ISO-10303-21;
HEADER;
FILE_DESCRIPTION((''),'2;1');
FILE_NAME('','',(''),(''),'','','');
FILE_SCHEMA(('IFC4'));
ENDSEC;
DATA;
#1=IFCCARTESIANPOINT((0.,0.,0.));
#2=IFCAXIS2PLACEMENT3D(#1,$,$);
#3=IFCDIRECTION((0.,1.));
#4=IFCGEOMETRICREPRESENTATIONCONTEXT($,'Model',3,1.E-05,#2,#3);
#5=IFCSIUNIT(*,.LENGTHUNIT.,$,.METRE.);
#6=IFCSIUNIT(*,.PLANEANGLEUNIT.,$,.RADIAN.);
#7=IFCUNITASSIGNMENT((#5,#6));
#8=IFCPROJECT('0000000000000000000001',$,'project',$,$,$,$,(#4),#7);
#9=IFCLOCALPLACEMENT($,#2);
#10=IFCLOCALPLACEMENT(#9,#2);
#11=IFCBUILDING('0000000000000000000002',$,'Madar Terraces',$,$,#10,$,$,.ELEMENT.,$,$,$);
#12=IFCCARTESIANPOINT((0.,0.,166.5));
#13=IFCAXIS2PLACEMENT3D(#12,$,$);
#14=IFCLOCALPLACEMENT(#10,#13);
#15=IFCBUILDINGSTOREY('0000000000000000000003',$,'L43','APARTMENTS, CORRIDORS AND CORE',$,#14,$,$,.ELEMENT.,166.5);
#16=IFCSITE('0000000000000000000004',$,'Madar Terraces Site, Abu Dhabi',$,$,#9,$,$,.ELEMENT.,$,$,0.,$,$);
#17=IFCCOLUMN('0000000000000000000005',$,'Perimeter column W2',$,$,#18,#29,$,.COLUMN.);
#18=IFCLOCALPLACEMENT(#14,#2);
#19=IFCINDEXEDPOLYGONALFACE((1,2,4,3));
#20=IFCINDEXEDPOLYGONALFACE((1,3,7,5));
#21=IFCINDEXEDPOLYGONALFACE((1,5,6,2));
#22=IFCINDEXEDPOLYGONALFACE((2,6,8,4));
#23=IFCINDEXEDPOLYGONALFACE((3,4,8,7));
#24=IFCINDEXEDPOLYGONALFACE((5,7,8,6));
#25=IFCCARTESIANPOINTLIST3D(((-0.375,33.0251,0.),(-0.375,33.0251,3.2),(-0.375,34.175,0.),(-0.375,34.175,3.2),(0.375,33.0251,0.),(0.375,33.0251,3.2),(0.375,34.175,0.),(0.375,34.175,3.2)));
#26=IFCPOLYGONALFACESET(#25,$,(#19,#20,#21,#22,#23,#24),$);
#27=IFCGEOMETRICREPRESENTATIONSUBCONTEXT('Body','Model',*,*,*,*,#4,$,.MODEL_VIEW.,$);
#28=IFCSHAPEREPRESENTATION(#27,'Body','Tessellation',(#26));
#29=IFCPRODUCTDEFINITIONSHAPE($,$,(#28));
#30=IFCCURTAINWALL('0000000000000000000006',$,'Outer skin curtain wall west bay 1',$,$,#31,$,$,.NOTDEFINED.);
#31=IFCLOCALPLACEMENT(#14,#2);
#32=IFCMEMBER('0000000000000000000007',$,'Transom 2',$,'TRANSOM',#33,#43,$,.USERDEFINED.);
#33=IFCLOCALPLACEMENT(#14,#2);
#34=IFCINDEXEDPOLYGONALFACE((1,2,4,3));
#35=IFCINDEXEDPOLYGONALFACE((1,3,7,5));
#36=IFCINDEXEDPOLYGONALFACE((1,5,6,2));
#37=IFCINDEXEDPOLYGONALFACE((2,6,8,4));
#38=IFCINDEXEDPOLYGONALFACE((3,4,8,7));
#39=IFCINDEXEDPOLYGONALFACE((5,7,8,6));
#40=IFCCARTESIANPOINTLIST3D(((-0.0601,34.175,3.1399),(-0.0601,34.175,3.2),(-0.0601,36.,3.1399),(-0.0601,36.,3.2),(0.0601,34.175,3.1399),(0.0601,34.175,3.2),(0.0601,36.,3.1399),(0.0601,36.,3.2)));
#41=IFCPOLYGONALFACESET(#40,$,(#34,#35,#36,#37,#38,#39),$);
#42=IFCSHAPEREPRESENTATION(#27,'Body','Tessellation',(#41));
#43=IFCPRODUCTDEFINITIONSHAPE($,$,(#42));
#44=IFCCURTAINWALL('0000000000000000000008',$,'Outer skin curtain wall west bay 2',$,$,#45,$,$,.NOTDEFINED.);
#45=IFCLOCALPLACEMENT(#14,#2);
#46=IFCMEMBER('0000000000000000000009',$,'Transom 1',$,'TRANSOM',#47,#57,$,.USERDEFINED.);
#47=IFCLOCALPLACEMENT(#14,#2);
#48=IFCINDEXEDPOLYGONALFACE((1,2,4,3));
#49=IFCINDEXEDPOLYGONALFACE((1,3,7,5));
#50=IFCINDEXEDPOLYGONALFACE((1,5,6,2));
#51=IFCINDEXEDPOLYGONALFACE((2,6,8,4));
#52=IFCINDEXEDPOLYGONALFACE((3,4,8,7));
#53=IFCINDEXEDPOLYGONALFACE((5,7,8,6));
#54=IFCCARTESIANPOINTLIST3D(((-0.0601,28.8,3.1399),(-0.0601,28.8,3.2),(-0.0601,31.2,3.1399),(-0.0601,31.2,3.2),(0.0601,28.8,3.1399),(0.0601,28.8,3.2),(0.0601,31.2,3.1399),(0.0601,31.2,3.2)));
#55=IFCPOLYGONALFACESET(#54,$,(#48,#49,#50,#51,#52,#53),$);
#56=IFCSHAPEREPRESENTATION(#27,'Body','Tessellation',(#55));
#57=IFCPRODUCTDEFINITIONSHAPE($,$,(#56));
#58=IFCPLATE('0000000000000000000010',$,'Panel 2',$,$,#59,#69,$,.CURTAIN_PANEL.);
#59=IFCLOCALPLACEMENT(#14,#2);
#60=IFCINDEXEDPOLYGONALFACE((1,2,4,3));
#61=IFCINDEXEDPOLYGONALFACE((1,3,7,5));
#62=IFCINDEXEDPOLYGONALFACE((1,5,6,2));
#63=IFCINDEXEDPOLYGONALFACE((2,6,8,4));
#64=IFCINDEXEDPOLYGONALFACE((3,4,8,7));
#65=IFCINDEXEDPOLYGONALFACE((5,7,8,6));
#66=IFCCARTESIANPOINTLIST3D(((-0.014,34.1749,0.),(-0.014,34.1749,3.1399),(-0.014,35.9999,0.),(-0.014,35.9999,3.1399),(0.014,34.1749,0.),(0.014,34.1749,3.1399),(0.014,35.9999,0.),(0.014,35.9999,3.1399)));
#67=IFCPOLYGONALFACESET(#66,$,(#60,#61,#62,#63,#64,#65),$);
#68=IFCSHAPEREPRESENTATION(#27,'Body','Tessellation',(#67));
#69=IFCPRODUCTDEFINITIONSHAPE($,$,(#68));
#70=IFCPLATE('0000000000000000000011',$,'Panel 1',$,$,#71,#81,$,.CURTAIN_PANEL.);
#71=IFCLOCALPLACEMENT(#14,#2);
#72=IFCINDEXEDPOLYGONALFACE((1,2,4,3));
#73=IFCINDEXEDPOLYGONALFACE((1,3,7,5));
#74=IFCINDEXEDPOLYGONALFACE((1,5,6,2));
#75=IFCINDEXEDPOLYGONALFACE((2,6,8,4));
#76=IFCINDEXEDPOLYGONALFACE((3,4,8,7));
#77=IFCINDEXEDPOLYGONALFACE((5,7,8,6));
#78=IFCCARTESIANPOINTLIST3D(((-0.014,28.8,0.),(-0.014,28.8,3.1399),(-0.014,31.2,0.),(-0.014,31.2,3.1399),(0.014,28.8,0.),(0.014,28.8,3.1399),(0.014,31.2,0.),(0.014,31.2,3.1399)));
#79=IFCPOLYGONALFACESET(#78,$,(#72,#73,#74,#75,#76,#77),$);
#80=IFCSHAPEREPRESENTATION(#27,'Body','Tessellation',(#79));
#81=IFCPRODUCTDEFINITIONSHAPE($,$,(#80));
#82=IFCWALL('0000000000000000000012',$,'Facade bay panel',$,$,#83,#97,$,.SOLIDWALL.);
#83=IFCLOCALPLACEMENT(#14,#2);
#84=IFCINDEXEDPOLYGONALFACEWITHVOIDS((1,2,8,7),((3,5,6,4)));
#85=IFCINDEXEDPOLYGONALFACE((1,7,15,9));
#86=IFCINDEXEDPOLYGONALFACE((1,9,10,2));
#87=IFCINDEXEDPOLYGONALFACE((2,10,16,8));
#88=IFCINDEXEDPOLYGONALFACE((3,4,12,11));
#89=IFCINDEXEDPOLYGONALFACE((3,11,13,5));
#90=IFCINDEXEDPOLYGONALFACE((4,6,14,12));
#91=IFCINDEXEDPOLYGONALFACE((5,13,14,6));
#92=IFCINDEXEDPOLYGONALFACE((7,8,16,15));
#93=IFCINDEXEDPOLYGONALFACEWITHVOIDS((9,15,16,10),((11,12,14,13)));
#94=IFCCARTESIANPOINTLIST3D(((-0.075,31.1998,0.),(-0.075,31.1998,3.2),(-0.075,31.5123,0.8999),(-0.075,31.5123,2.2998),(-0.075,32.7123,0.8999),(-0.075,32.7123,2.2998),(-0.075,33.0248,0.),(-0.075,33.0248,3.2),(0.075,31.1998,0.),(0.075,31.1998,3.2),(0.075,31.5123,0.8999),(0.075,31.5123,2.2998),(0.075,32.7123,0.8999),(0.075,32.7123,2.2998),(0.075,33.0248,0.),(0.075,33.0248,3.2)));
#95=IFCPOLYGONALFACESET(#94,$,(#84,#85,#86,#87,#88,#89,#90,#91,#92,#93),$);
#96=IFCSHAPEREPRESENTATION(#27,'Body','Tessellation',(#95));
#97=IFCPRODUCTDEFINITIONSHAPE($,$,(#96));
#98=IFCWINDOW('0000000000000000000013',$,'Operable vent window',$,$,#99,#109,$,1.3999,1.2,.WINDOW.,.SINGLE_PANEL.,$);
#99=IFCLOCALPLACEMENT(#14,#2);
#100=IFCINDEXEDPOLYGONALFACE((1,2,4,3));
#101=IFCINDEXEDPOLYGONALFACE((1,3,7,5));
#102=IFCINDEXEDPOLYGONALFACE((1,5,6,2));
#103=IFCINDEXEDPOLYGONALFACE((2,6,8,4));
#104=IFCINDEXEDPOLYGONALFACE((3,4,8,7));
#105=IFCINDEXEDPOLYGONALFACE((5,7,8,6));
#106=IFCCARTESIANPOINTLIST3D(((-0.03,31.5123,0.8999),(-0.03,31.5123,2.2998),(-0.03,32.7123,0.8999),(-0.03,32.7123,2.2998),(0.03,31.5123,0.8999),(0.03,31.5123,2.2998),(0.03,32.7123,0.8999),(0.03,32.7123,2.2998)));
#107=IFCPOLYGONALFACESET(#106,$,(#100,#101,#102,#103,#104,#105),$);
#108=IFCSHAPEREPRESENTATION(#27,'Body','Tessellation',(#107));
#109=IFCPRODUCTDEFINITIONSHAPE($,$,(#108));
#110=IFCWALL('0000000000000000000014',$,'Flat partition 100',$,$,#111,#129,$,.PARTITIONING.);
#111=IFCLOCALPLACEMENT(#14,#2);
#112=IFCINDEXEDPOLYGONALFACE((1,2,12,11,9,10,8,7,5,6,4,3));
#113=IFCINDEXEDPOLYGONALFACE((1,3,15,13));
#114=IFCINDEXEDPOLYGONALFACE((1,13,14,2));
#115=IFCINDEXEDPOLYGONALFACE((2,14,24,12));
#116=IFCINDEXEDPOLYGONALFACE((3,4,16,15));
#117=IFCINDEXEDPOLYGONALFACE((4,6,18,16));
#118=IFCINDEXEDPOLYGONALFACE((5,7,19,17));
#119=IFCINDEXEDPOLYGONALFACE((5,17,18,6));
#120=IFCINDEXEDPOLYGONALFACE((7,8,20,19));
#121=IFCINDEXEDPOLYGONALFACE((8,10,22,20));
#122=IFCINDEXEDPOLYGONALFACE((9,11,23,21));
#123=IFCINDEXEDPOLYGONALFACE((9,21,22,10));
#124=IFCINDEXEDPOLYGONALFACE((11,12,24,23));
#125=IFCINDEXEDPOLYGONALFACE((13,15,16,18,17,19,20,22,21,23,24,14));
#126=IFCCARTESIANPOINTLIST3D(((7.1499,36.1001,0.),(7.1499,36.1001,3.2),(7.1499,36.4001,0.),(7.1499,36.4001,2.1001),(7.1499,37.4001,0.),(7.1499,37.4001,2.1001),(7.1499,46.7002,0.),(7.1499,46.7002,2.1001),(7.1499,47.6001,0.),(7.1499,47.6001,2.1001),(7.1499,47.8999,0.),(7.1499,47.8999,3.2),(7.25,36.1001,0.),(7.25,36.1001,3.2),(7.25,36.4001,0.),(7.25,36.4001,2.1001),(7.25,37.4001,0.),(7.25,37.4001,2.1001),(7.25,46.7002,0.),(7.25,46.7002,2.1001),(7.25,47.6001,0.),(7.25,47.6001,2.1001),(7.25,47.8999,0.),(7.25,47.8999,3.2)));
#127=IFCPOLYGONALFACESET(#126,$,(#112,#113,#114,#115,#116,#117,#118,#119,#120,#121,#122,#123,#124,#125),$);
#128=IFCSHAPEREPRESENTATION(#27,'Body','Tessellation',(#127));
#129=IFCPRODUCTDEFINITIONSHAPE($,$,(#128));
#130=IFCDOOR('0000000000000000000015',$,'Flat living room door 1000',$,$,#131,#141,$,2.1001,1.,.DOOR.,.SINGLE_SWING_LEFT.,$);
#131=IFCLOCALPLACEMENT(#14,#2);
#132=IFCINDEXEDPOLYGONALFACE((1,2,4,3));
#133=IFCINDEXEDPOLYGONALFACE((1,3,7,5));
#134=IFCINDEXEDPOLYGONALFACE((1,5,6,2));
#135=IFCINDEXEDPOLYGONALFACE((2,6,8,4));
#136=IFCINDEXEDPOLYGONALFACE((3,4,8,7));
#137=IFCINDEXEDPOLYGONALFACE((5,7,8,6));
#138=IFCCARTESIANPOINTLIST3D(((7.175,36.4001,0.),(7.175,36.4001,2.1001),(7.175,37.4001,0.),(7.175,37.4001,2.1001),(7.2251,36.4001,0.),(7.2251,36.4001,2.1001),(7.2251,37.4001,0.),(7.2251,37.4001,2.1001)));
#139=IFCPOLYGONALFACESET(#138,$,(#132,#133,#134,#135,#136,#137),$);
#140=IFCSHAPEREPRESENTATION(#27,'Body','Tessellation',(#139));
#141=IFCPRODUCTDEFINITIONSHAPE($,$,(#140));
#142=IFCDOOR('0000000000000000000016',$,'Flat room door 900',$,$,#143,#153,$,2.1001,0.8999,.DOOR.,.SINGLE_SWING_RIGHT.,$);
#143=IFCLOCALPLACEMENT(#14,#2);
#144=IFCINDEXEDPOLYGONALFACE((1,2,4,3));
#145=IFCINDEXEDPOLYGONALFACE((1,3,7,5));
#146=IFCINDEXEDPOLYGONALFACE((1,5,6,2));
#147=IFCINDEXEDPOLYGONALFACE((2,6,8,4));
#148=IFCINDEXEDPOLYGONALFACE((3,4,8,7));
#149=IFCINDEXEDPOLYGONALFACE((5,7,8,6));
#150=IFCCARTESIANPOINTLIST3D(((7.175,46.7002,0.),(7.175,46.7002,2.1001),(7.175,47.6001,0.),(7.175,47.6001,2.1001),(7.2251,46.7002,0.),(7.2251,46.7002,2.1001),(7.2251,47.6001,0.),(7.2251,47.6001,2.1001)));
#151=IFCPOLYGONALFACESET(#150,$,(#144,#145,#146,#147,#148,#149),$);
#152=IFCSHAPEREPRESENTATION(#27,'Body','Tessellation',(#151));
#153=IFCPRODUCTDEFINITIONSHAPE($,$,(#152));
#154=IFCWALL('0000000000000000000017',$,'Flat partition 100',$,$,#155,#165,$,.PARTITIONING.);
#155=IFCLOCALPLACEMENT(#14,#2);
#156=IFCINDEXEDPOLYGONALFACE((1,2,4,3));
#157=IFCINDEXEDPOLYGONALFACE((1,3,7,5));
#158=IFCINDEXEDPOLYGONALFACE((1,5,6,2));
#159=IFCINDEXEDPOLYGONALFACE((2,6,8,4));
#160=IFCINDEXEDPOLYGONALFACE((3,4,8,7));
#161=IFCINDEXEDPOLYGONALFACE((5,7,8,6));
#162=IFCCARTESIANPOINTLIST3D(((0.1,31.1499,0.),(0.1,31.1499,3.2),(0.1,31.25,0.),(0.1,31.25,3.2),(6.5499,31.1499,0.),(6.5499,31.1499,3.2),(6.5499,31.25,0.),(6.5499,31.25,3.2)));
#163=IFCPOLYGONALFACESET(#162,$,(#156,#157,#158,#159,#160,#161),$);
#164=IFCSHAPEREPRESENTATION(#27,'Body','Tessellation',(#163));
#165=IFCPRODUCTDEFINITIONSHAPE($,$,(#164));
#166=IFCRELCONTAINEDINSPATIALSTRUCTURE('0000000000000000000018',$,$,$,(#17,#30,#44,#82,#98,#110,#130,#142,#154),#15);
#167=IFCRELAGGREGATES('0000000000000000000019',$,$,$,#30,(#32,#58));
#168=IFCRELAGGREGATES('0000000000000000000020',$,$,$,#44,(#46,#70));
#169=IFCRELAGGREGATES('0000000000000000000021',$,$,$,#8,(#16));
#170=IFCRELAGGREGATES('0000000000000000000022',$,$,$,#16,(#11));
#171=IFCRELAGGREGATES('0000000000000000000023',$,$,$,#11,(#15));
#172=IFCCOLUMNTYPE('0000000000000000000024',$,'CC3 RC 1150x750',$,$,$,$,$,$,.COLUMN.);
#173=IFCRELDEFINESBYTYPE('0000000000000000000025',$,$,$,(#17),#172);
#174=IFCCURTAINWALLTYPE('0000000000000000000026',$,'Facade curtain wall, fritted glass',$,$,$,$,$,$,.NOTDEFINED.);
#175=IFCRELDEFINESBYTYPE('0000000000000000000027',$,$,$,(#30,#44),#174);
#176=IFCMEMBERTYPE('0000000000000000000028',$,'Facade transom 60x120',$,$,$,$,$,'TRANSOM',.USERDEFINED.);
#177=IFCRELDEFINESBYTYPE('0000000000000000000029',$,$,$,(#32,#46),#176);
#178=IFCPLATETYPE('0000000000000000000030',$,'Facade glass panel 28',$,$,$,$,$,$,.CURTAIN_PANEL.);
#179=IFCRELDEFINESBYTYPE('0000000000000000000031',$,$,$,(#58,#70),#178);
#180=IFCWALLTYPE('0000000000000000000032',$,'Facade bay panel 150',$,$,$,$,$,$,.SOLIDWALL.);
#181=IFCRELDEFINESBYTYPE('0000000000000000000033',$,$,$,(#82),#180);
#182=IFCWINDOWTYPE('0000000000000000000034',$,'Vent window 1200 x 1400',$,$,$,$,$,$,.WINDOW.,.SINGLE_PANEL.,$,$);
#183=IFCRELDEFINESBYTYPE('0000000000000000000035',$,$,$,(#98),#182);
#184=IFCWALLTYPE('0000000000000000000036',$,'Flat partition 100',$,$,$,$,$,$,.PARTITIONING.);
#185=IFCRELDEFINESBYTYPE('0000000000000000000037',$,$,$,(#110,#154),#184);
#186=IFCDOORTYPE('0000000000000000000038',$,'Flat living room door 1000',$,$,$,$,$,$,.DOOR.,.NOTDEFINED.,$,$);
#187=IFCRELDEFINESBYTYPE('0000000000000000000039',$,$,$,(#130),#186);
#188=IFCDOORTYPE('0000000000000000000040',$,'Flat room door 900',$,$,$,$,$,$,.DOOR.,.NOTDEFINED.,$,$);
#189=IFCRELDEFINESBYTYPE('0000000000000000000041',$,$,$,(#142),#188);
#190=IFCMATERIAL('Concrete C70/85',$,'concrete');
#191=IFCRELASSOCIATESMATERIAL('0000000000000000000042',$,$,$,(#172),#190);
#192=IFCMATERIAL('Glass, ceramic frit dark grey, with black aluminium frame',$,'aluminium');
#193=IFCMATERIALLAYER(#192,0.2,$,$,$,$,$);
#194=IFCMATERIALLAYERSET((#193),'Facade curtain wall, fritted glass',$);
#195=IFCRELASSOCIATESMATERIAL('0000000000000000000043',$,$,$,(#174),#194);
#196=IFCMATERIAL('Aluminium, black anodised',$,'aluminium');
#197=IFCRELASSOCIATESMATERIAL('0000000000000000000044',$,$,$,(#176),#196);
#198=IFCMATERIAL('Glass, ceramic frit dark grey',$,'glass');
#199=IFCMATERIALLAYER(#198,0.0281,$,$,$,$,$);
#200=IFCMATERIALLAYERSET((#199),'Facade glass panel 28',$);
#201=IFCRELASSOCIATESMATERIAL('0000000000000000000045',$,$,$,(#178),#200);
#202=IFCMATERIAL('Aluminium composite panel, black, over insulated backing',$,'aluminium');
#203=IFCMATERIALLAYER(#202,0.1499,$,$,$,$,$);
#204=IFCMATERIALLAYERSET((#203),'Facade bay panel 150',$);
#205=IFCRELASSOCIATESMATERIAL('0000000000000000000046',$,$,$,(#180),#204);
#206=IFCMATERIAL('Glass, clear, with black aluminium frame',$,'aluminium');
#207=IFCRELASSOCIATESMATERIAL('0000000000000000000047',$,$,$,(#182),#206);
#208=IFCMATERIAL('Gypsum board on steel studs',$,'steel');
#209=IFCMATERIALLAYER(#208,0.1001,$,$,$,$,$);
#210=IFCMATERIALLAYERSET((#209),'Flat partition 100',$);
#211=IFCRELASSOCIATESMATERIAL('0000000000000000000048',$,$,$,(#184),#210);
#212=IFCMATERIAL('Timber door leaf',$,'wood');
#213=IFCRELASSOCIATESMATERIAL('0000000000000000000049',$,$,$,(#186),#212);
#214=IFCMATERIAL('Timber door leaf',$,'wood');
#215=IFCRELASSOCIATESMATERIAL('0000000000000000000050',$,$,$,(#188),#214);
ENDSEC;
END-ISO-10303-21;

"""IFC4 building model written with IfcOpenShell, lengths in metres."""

from ifc_helpers import new_model, si_unit, direction, frame, frame_2d, origin, origin_2d, place, context, subcontext, project, spatial, rectangle, extrude, material, layer, layer_set, material_profile, profile_set, type_object, element, fill, aggregate, save


model = new_model("IFC4")

# Units and contexts
model_context = context("Model", 3, precision=1e-05, world=origin(), true_north=direction((0.0, 1.0)))
body_context = subcontext(model_context, "Body", "Model", "MODEL_VIEW")
ifc_project = project(units=[si_unit("LENGTHUNIT", "METRE"), si_unit("PLANEANGLEUNIT", "RADIAN")], contexts=[model_context])

# Site, building, storey
site_placement = place(None, origin())
site = spatial("IfcSite", under=ifc_project, at=site_placement, Name="Madar Terraces Site, Abu Dhabi", CompositionType="ELEMENT", RefElevation=0.0)
building_placement = place(site_placement, origin())
building = spatial("IfcBuilding", under=site, at=building_placement, Name="Madar Terraces", CompositionType="ELEMENT")
storey_placement = place(building_placement, frame((0.0, 0.0, 166.5)))
storey = spatial("IfcBuildingStorey", under=building, at=storey_placement, Name="L43", Description="APARTMENTS, CORRIDORS AND CORE", CompositionType="ELEMENT", Elevation=166.5)

# Column
ifc_material_1 = material(Name="Concrete C70/85", Category="concrete")
ifc_material_profile_1 = material_profile(ifc_material_1, rectangle(XDim=1.1499, YDim=0.75, at=origin_2d()), Name="CC3 RC 1150x750")
ifc_profile_set_1 = profile_set([ifc_material_profile_1], Name="Concrete C70/85")
column_type = type_object("IfcColumnType", Name="CC3 RC 1150x750", PredefinedType="COLUMN", material=ifc_profile_set_1)
column_placement = place(storey_placement, frame((0.0, 33.6001, 0.0), z_axis=(0.0, 0.0, 1.0), x_axis=(0.0, 1.0, 0.0)))
element("IfcColumn", 1, at=column_placement, inside=storey, type_object=column_type, Name="Perimeter column W2", PredefinedType="COLUMN", context=body_context, shape_type="SweptSolid", body=[
    extrude(rectangle(XDim=1.1499, YDim=0.75, at=origin_2d()), origin(), (0.0, 0.0, 1.0), 3.2),
])

# Curtain walls, members
ifc_material_2 = material(Name="Glass, ceramic frit dark grey, with black aluminium frame", Category="aluminium")
ifc_layer_1 = layer(ifc_material_2, 0.2)
ifc_layer_set_1 = layer_set([ifc_layer_1], Name="Facade curtain wall, fritted glass")
curtain_wall_type = type_object("IfcCurtainWallType", Name="Facade curtain wall, fritted glass", PredefinedType="NOTDEFINED", material=ifc_layer_set_1)
curtain_wall_1_placement = place(storey_placement, origin())
curtain_wall_1 = element("IfcCurtainWall", 2, at=curtain_wall_1_placement, inside=storey, type_object=curtain_wall_type, Name="Outer skin curtain wall west bay 1", PredefinedType="NOTDEFINED")
ifc_material_3 = material(Name="Aluminium, black anodised", Category="aluminium")
ifc_material_profile_2 = material_profile(ifc_material_3, rectangle(XDim=0.1201, YDim=0.0601, at=origin_2d()), Name="Facade transom 60x120")
ifc_profile_set_2 = profile_set([ifc_material_profile_2], Name="Aluminium, black anodised")
member_type = type_object("IfcMemberType", Name="Facade transom 60x120", ElementType="TRANSOM", PredefinedType="USERDEFINED", material=ifc_profile_set_2)
member_1_placement = place(storey_placement, frame((0.0, 36.0, 3.1699), z_axis=(0.0, -1.0, 0.0), x_axis=(1.0, 0.0, 0.0)))
member_1 = element("IfcMember", 3, at=member_1_placement, type_object=member_type, Name="Transom 2", ObjectType="TRANSOM", PredefinedType="USERDEFINED", context=body_context, shape_type="SweptSolid", body=[
    extrude(rectangle(XDim=0.1201, YDim=0.0601, at=origin_2d()), origin(), (0.0, 0.0, 1.0), 1.825),
])
curtain_wall_2_placement = place(storey_placement, origin())
curtain_wall_2 = element("IfcCurtainWall", 4, at=curtain_wall_2_placement, inside=storey, type_object=curtain_wall_type, Name="Outer skin curtain wall west bay 2", PredefinedType="NOTDEFINED")
member_2_placement = place(storey_placement, frame((0.0, 31.2, 3.1699), z_axis=(0.0, -1.0, 0.0), x_axis=(1.0, 0.0, 0.0)))
member_2 = element("IfcMember", 5, at=member_2_placement, type_object=member_type, Name="Transom 1", ObjectType="TRANSOM", PredefinedType="USERDEFINED", context=body_context, shape_type="SweptSolid", body=[
    extrude(rectangle(XDim=0.1201, YDim=0.0601, at=origin_2d()), origin(), (0.0, 0.0, 1.0), 2.3999),
])

# Plates
ifc_material_4 = material(Name="Glass, ceramic frit dark grey", Category="glass")
ifc_layer_2 = layer(ifc_material_4, 0.0281)
ifc_layer_set_2 = layer_set([ifc_layer_2], Name="Facade glass panel 28")
plate_type = type_object("IfcPlateType", Name="Facade glass panel 28", PredefinedType="CURTAIN_PANEL", material=ifc_layer_set_2)
plate_1_placement = place(storey_placement, frame((0.0, 35.0874, 0.0), z_axis=(0.0, 0.0, 1.0), x_axis=(0.0, -1.0, 0.0)))
plate_1 = element("IfcPlate", 6, at=plate_1_placement, type_object=plate_type, Name="Panel 2", PredefinedType="CURTAIN_PANEL", context=body_context, shape_type="SweptSolid", body=[
    extrude(rectangle(XDim=1.825, YDim=0.0281, at=origin_2d()), origin(), (0.0, 0.0, 1.0), 3.1399),
])
aggregate(curtain_wall_1, [member_1, plate_1])
plate_2_placement = place(storey_placement, frame((0.0, 30.0, 0.0), z_axis=(0.0, 0.0, 1.0), x_axis=(0.0, -1.0, 0.0)))
plate_2 = element("IfcPlate", 7, at=plate_2_placement, type_object=plate_type, Name="Panel 1", PredefinedType="CURTAIN_PANEL", context=body_context, shape_type="SweptSolid", body=[
    extrude(rectangle(XDim=2.3999, YDim=0.0281, at=origin_2d()), origin(), (0.0, 0.0, 1.0), 3.1399),
])
aggregate(curtain_wall_2, [member_2, plate_2])

# Wall, opening, window
ifc_material_5 = material(Name="Aluminium composite panel, black, over insulated backing", Category="aluminium")
ifc_layer_3 = layer(ifc_material_5, 0.1499)
ifc_layer_set_3 = layer_set([ifc_layer_3], Name="Facade bay panel 150")
wall_type_1 = type_object("IfcWallType", Name="Facade bay panel 150", PredefinedType="SOLIDWALL", material=ifc_layer_set_3)
wall_1_placement = place(storey_placement, frame((0.0, 33.0249, 0.0), z_axis=(0.0, 0.0, 1.0), x_axis=(0.0, -1.0, 0.0)))
wall_1 = element("IfcWall", 8, at=wall_1_placement, inside=storey, type_object=wall_type_1, Name="Facade bay panel", PredefinedType="SOLIDWALL", context=body_context, shape_type="SweptSolid", body=[
    extrude(rectangle(XDim=1.825, YDim=0.1499, at=frame_2d((0.9126, 0.0))), origin(), (0.0, 0.0, 1.0), 3.2),
])
opening_1_placement = place(wall_1_placement, frame((0.3125, 0.0, 0.8999)))
opening_1 = element("IfcOpeningElement", 9, at=opening_1_placement, cuts=wall_1, PredefinedType="OPENING", context=body_context, shape_type="SweptSolid", body=[
    extrude(rectangle(XDim=1.2, YDim=1.3999, at=frame_2d((0.6001, 0.7))), frame((0.0, 0.085, 0.0), z_axis=(0.0, -1.0, 0.0), x_axis=(1.0, 0.0, 0.0)), (0.0, 0.0, 1.0), 0.1699),
])
ifc_material_6 = material(Name="Glass, clear, with black aluminium frame", Category="aluminium")
window_type = type_object("IfcWindowType", Name="Vent window 1200 x 1400", PartitioningType="SINGLE_PANEL", PredefinedType="WINDOW", material=ifc_material_6)
window_placement = place(opening_1_placement, origin())
window = element("IfcWindow", 10, at=window_placement, inside=storey, type_object=window_type, Name="Operable vent window", OverallHeight=1.3999, OverallWidth=1.2, PartitioningType="SINGLE_PANEL", PredefinedType="WINDOW", context=body_context, shape_type="SweptSolid", body=[
    extrude(rectangle(XDim=1.2, YDim=1.3999, at=frame_2d((0.6001, 0.7))), frame((0.0, 0.03, 0.0), z_axis=(0.0, -1.0, 0.0), x_axis=(1.0, 0.0, 0.0)), (0.0, 0.0, 1.0), 0.0601),
])
fill(opening_1, window)

# Wall, openings, doors
ifc_material_7 = material(Name="Gypsum board on steel studs", Category="steel")
ifc_layer_4 = layer(ifc_material_7, 0.1001)
ifc_layer_set_4 = layer_set([ifc_layer_4], Name="Flat partition 100")
wall_type_2 = type_object("IfcWallType", Name="Flat partition 100", PredefinedType="PARTITIONING", material=ifc_layer_set_4)
wall_2_placement = place(storey_placement, frame((7.2, 36.1001, 0.0), z_axis=(0.0, 0.0, 1.0), x_axis=(0.0, 1.0, 0.0)))
wall_2 = element("IfcWall", 11, at=wall_2_placement, inside=storey, type_object=wall_type_2, Name="Flat partition 100", PredefinedType="PARTITIONING", context=body_context, shape_type="SweptSolid", body=[
    extrude(rectangle(XDim=11.7998, YDim=0.1001, at=frame_2d((5.8999, 0.0))), origin(), (0.0, 0.0, 1.0), 3.2),
])
opening_2_placement = place(wall_2_placement, frame((0.3, 0.0, 0.0)))
opening_2 = element("IfcOpeningElement", 12, at=opening_2_placement, cuts=wall_2, PredefinedType="OPENING", context=body_context, shape_type="SweptSolid", body=[
    extrude(rectangle(XDim=1.0, YDim=2.1001, at=frame_2d((0.5, 1.05))), frame((0.0, 0.0601, 0.0), z_axis=(0.0, -1.0, 0.0), x_axis=(1.0, 0.0, 0.0)), (0.0, 0.0, 1.0), 0.1201),
])
opening_3_placement = place(wall_2_placement, frame((10.6001, 0.0, 0.0)))
opening_3 = element("IfcOpeningElement", 13, at=opening_3_placement, cuts=wall_2, PredefinedType="OPENING", context=body_context, shape_type="SweptSolid", body=[
    extrude(rectangle(XDim=0.8999, YDim=2.1001, at=frame_2d((0.45, 1.05))), frame((0.0, 0.0601, 0.0), z_axis=(0.0, -1.0, 0.0), x_axis=(1.0, 0.0, 0.0)), (0.0, 0.0, 1.0), 0.1201),
])
ifc_material_8 = material(Name="Timber door leaf", Category="wood")
door_type_1 = type_object("IfcDoorType", Name="Flat living room door 1000", OperationType="NOTDEFINED", PredefinedType="DOOR", material=ifc_material_8)
door_1_placement = place(opening_2_placement, origin())
door_1 = element("IfcDoor", 14, at=door_1_placement, inside=storey, type_object=door_type_1, Name="Flat living room door 1000", OperationType="SINGLE_SWING_LEFT", OverallHeight=2.1001, OverallWidth=1.0, PredefinedType="DOOR", context=body_context, shape_type="SweptSolid", body=[
    extrude(rectangle(XDim=1.0, YDim=2.1001, at=frame_2d((0.5, 1.05))), frame((0.0, 0.0249, 0.0), z_axis=(0.0, -1.0, 0.0), x_axis=(1.0, 0.0, 0.0)), (0.0, 0.0, 1.0), 0.05),
])
fill(opening_2, door_1)
ifc_material_9 = material(Name="Timber door leaf", Category="wood")
door_type_2 = type_object("IfcDoorType", Name="Flat room door 900", OperationType="NOTDEFINED", PredefinedType="DOOR", material=ifc_material_9)
door_2_placement = place(opening_3_placement, origin())
door_2 = element("IfcDoor", 15, at=door_2_placement, inside=storey, type_object=door_type_2, Name="Flat room door 900", OperationType="SINGLE_SWING_RIGHT", OverallHeight=2.1001, OverallWidth=0.8999, PredefinedType="DOOR", context=body_context, shape_type="SweptSolid", body=[
    extrude(rectangle(XDim=0.8999, YDim=2.1001, at=frame_2d((0.45, 1.05))), frame((0.0, 0.0249, 0.0), z_axis=(0.0, -1.0, 0.0), x_axis=(1.0, 0.0, 0.0)), (0.0, 0.0, 1.0), 0.05),
])
fill(opening_3, door_2)

# Wall
wall_3_placement = place(storey_placement, frame((6.55, 31.2, 0.0), z_axis=(0.0, 0.0, 1.0), x_axis=(-1.0, 0.0, 0.0)))
element("IfcWall", 16, at=wall_3_placement, inside=storey, type_object=wall_type_2, Name="Flat partition 100", PredefinedType="PARTITIONING", context=body_context, shape_type="SweptSolid", body=[
    extrude(rectangle(XDim=6.45, YDim=0.1001, at=frame_2d((3.2251, 0.0))), origin(), (0.0, 0.0, 1.0), 3.2),
])

save(model, "model.ifc")
